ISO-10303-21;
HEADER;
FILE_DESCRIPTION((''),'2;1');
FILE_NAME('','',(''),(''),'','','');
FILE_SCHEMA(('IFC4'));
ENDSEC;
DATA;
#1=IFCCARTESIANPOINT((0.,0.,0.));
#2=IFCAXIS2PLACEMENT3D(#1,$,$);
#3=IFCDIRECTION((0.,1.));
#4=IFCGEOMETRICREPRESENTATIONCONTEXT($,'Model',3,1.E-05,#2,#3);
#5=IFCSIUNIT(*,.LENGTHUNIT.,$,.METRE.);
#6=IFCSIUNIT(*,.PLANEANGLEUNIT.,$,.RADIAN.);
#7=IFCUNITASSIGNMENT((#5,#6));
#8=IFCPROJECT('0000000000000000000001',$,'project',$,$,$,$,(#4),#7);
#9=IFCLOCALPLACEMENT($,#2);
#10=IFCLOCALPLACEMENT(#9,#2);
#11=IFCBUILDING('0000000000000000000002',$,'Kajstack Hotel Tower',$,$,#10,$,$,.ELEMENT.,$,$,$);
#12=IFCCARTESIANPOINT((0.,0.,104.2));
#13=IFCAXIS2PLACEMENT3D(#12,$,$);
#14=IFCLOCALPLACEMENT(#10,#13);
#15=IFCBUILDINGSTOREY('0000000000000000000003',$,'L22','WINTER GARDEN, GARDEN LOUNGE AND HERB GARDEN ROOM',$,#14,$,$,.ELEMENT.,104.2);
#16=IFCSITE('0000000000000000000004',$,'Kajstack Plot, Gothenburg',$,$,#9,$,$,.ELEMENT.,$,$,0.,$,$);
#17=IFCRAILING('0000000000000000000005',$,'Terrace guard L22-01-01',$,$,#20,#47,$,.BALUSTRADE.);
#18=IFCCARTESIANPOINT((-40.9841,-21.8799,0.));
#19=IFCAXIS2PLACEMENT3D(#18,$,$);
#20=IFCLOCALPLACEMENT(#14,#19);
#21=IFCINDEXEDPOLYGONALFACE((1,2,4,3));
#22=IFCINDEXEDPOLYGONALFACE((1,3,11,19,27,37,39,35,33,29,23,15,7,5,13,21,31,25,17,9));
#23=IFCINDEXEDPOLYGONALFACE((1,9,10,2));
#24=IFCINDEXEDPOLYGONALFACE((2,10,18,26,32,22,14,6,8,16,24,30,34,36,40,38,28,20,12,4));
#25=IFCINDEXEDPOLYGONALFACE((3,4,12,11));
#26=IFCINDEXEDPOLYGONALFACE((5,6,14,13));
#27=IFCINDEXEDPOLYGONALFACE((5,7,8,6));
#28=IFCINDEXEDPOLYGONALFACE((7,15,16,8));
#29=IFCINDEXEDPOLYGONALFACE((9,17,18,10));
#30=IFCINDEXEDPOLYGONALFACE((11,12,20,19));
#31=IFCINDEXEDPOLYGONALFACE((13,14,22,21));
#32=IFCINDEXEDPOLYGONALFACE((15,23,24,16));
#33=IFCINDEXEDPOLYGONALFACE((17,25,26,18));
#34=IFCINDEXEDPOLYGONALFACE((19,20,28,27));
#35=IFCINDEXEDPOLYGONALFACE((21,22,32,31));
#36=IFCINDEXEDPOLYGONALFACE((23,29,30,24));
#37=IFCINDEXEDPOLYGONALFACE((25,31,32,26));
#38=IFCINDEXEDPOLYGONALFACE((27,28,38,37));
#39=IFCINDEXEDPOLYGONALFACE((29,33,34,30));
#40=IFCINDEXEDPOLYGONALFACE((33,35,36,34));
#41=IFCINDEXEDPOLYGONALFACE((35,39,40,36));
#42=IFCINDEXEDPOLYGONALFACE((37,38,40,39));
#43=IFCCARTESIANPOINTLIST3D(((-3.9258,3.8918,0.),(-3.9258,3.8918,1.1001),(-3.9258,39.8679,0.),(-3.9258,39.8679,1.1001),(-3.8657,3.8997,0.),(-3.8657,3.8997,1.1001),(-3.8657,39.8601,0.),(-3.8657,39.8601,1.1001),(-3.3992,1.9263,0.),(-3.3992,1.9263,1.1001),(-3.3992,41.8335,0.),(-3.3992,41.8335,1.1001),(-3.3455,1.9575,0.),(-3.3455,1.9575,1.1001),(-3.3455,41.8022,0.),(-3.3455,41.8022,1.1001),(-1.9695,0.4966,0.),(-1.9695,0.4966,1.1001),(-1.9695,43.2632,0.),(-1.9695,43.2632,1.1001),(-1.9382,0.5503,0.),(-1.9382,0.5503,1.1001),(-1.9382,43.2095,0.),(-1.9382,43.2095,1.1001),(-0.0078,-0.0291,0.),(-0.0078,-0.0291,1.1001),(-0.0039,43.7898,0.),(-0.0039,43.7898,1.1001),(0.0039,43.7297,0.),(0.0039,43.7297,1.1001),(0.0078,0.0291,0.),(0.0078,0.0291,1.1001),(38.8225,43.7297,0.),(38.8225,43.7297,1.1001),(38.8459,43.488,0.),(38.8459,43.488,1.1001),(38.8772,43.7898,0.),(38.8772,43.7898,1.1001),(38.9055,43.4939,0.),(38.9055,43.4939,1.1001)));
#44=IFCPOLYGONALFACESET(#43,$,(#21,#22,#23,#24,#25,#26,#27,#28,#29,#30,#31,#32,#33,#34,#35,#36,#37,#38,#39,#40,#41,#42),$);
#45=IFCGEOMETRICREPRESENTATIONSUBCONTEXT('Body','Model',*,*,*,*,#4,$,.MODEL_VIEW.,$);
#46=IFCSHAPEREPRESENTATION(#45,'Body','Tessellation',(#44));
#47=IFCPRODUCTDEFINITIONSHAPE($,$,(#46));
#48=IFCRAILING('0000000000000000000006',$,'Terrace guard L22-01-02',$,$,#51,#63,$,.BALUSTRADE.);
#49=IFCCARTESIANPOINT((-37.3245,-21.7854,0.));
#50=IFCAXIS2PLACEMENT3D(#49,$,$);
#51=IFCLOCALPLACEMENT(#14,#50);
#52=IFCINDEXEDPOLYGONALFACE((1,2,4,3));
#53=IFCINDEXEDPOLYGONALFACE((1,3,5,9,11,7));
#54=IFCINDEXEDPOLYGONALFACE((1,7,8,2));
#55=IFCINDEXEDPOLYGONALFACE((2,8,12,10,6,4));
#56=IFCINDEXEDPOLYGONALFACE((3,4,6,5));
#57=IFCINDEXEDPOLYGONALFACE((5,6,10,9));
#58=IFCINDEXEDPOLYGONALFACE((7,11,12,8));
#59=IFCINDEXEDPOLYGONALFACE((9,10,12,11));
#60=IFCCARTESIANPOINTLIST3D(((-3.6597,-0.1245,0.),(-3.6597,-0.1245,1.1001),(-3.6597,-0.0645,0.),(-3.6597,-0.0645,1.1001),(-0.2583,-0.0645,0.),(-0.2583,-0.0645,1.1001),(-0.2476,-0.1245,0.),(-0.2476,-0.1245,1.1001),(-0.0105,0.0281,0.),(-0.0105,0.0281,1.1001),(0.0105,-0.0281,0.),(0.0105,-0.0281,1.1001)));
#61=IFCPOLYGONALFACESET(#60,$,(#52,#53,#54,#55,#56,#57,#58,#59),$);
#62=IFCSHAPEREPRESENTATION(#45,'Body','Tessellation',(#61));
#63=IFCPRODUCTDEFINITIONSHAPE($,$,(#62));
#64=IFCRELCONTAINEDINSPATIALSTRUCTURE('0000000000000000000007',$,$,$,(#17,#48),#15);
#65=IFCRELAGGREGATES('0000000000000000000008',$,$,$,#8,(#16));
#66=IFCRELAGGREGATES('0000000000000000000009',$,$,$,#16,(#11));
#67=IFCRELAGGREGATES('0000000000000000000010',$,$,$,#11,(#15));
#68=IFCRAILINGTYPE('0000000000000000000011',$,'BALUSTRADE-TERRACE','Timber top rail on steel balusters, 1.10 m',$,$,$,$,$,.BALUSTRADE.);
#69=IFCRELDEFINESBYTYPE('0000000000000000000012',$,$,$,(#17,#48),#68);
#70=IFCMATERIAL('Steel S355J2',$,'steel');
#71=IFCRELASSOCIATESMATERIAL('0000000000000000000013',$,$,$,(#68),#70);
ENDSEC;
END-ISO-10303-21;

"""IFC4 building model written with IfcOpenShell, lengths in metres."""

from ifc_helpers import new_model, si_unit, direction, frame, origin, place, context, subcontext, project, spatial, polyline, outline, extrude, material, type_object, element, save


model = new_model("IFC4")

# Units and contexts
model_context = context("Model", 3, precision=1e-05, world=origin(), true_north=direction((0.0, 1.0)))
body_context = subcontext(model_context, "Body", "Model", "MODEL_VIEW")
ifc_project = project(units=[si_unit("LENGTHUNIT", "METRE"), si_unit("PLANEANGLEUNIT", "RADIAN")], contexts=[model_context])

# Site, building, storey
site_placement = place(None, origin())
site = spatial("IfcSite", under=ifc_project, at=site_placement, Name="Kajstack Plot, Gothenburg", CompositionType="ELEMENT", RefElevation=0.0)
building_placement = place(site_placement, origin())
building = spatial("IfcBuilding", under=site, at=building_placement, Name="Kajstack Hotel Tower", CompositionType="ELEMENT")
storey_placement = place(building_placement, frame((0.0, 0.0, 104.2)))
storey = spatial("IfcBuildingStorey", under=building, at=storey_placement, Name="L22", Description="WINTER GARDEN, GARDEN LOUNGE AND HERB GARDEN ROOM", CompositionType="ELEMENT", Elevation=104.2)

# Railings
ifc_material_1 = material(Name="Steel S355J2", Category="steel")
railing_type = type_object("IfcRailingType", Name="BALUSTRADE-TERRACE", Description="Timber top rail on steel balusters, 1.10 m", PredefinedType="BALUSTRADE", material=ifc_material_1)
railing_1_placement = place(storey_placement, frame((-40.9841, -21.8799, 0.0)))
element("IfcRailing", 1, at=railing_1_placement, inside=storey, type_object=railing_type, Name="Terrace guard L22-01-01", PredefinedType="BALUSTRADE", context=body_context, shape_type="SweptSolid", body=[
    extrude(outline(polyline([(-1.9695, 0.4966), (-3.3992, 1.9263), (-3.9258, 3.8918), (-3.9258, 39.8679), (-3.3992, 41.8335), (-1.9695, 43.2632), (-0.0039, 43.7898), (38.8772, 43.7898), (38.9055, 43.4939), (38.8459, 43.488), (38.8225, 43.7297), (0.0039, 43.7297), (-1.9382, 43.2095), (-3.3455, 41.8022), (-3.8657, 39.8601), (-3.8657, 3.8997), (-3.3455, 1.9575), (-1.9382, 0.5503), (0.0078, 0.0291), (-0.0078, -0.0291), (-1.9695, 0.4966)])), origin(), (0.0, 0.0, 1.0), 1.1001),
])
railing_2_placement = place(storey_placement, frame((-37.3245, -21.7854, 0.0)))
element("IfcRailing", 2, at=railing_2_placement, inside=storey, type_object=railing_type, Name="Terrace guard L22-01-02", PredefinedType="BALUSTRADE", context=body_context, shape_type="SweptSolid", body=[
    extrude(outline(polyline([(-0.2476, -0.1245), (-3.6597, -0.1245), (-3.6597, -0.0645), (-0.2583, -0.0645), (-0.0105, 0.0281), (0.0105, -0.0281), (-0.2476, -0.1245)])), origin(), (0.0, 0.0, 1.0), 1.1001),
])

save(model, "model.ifc")
